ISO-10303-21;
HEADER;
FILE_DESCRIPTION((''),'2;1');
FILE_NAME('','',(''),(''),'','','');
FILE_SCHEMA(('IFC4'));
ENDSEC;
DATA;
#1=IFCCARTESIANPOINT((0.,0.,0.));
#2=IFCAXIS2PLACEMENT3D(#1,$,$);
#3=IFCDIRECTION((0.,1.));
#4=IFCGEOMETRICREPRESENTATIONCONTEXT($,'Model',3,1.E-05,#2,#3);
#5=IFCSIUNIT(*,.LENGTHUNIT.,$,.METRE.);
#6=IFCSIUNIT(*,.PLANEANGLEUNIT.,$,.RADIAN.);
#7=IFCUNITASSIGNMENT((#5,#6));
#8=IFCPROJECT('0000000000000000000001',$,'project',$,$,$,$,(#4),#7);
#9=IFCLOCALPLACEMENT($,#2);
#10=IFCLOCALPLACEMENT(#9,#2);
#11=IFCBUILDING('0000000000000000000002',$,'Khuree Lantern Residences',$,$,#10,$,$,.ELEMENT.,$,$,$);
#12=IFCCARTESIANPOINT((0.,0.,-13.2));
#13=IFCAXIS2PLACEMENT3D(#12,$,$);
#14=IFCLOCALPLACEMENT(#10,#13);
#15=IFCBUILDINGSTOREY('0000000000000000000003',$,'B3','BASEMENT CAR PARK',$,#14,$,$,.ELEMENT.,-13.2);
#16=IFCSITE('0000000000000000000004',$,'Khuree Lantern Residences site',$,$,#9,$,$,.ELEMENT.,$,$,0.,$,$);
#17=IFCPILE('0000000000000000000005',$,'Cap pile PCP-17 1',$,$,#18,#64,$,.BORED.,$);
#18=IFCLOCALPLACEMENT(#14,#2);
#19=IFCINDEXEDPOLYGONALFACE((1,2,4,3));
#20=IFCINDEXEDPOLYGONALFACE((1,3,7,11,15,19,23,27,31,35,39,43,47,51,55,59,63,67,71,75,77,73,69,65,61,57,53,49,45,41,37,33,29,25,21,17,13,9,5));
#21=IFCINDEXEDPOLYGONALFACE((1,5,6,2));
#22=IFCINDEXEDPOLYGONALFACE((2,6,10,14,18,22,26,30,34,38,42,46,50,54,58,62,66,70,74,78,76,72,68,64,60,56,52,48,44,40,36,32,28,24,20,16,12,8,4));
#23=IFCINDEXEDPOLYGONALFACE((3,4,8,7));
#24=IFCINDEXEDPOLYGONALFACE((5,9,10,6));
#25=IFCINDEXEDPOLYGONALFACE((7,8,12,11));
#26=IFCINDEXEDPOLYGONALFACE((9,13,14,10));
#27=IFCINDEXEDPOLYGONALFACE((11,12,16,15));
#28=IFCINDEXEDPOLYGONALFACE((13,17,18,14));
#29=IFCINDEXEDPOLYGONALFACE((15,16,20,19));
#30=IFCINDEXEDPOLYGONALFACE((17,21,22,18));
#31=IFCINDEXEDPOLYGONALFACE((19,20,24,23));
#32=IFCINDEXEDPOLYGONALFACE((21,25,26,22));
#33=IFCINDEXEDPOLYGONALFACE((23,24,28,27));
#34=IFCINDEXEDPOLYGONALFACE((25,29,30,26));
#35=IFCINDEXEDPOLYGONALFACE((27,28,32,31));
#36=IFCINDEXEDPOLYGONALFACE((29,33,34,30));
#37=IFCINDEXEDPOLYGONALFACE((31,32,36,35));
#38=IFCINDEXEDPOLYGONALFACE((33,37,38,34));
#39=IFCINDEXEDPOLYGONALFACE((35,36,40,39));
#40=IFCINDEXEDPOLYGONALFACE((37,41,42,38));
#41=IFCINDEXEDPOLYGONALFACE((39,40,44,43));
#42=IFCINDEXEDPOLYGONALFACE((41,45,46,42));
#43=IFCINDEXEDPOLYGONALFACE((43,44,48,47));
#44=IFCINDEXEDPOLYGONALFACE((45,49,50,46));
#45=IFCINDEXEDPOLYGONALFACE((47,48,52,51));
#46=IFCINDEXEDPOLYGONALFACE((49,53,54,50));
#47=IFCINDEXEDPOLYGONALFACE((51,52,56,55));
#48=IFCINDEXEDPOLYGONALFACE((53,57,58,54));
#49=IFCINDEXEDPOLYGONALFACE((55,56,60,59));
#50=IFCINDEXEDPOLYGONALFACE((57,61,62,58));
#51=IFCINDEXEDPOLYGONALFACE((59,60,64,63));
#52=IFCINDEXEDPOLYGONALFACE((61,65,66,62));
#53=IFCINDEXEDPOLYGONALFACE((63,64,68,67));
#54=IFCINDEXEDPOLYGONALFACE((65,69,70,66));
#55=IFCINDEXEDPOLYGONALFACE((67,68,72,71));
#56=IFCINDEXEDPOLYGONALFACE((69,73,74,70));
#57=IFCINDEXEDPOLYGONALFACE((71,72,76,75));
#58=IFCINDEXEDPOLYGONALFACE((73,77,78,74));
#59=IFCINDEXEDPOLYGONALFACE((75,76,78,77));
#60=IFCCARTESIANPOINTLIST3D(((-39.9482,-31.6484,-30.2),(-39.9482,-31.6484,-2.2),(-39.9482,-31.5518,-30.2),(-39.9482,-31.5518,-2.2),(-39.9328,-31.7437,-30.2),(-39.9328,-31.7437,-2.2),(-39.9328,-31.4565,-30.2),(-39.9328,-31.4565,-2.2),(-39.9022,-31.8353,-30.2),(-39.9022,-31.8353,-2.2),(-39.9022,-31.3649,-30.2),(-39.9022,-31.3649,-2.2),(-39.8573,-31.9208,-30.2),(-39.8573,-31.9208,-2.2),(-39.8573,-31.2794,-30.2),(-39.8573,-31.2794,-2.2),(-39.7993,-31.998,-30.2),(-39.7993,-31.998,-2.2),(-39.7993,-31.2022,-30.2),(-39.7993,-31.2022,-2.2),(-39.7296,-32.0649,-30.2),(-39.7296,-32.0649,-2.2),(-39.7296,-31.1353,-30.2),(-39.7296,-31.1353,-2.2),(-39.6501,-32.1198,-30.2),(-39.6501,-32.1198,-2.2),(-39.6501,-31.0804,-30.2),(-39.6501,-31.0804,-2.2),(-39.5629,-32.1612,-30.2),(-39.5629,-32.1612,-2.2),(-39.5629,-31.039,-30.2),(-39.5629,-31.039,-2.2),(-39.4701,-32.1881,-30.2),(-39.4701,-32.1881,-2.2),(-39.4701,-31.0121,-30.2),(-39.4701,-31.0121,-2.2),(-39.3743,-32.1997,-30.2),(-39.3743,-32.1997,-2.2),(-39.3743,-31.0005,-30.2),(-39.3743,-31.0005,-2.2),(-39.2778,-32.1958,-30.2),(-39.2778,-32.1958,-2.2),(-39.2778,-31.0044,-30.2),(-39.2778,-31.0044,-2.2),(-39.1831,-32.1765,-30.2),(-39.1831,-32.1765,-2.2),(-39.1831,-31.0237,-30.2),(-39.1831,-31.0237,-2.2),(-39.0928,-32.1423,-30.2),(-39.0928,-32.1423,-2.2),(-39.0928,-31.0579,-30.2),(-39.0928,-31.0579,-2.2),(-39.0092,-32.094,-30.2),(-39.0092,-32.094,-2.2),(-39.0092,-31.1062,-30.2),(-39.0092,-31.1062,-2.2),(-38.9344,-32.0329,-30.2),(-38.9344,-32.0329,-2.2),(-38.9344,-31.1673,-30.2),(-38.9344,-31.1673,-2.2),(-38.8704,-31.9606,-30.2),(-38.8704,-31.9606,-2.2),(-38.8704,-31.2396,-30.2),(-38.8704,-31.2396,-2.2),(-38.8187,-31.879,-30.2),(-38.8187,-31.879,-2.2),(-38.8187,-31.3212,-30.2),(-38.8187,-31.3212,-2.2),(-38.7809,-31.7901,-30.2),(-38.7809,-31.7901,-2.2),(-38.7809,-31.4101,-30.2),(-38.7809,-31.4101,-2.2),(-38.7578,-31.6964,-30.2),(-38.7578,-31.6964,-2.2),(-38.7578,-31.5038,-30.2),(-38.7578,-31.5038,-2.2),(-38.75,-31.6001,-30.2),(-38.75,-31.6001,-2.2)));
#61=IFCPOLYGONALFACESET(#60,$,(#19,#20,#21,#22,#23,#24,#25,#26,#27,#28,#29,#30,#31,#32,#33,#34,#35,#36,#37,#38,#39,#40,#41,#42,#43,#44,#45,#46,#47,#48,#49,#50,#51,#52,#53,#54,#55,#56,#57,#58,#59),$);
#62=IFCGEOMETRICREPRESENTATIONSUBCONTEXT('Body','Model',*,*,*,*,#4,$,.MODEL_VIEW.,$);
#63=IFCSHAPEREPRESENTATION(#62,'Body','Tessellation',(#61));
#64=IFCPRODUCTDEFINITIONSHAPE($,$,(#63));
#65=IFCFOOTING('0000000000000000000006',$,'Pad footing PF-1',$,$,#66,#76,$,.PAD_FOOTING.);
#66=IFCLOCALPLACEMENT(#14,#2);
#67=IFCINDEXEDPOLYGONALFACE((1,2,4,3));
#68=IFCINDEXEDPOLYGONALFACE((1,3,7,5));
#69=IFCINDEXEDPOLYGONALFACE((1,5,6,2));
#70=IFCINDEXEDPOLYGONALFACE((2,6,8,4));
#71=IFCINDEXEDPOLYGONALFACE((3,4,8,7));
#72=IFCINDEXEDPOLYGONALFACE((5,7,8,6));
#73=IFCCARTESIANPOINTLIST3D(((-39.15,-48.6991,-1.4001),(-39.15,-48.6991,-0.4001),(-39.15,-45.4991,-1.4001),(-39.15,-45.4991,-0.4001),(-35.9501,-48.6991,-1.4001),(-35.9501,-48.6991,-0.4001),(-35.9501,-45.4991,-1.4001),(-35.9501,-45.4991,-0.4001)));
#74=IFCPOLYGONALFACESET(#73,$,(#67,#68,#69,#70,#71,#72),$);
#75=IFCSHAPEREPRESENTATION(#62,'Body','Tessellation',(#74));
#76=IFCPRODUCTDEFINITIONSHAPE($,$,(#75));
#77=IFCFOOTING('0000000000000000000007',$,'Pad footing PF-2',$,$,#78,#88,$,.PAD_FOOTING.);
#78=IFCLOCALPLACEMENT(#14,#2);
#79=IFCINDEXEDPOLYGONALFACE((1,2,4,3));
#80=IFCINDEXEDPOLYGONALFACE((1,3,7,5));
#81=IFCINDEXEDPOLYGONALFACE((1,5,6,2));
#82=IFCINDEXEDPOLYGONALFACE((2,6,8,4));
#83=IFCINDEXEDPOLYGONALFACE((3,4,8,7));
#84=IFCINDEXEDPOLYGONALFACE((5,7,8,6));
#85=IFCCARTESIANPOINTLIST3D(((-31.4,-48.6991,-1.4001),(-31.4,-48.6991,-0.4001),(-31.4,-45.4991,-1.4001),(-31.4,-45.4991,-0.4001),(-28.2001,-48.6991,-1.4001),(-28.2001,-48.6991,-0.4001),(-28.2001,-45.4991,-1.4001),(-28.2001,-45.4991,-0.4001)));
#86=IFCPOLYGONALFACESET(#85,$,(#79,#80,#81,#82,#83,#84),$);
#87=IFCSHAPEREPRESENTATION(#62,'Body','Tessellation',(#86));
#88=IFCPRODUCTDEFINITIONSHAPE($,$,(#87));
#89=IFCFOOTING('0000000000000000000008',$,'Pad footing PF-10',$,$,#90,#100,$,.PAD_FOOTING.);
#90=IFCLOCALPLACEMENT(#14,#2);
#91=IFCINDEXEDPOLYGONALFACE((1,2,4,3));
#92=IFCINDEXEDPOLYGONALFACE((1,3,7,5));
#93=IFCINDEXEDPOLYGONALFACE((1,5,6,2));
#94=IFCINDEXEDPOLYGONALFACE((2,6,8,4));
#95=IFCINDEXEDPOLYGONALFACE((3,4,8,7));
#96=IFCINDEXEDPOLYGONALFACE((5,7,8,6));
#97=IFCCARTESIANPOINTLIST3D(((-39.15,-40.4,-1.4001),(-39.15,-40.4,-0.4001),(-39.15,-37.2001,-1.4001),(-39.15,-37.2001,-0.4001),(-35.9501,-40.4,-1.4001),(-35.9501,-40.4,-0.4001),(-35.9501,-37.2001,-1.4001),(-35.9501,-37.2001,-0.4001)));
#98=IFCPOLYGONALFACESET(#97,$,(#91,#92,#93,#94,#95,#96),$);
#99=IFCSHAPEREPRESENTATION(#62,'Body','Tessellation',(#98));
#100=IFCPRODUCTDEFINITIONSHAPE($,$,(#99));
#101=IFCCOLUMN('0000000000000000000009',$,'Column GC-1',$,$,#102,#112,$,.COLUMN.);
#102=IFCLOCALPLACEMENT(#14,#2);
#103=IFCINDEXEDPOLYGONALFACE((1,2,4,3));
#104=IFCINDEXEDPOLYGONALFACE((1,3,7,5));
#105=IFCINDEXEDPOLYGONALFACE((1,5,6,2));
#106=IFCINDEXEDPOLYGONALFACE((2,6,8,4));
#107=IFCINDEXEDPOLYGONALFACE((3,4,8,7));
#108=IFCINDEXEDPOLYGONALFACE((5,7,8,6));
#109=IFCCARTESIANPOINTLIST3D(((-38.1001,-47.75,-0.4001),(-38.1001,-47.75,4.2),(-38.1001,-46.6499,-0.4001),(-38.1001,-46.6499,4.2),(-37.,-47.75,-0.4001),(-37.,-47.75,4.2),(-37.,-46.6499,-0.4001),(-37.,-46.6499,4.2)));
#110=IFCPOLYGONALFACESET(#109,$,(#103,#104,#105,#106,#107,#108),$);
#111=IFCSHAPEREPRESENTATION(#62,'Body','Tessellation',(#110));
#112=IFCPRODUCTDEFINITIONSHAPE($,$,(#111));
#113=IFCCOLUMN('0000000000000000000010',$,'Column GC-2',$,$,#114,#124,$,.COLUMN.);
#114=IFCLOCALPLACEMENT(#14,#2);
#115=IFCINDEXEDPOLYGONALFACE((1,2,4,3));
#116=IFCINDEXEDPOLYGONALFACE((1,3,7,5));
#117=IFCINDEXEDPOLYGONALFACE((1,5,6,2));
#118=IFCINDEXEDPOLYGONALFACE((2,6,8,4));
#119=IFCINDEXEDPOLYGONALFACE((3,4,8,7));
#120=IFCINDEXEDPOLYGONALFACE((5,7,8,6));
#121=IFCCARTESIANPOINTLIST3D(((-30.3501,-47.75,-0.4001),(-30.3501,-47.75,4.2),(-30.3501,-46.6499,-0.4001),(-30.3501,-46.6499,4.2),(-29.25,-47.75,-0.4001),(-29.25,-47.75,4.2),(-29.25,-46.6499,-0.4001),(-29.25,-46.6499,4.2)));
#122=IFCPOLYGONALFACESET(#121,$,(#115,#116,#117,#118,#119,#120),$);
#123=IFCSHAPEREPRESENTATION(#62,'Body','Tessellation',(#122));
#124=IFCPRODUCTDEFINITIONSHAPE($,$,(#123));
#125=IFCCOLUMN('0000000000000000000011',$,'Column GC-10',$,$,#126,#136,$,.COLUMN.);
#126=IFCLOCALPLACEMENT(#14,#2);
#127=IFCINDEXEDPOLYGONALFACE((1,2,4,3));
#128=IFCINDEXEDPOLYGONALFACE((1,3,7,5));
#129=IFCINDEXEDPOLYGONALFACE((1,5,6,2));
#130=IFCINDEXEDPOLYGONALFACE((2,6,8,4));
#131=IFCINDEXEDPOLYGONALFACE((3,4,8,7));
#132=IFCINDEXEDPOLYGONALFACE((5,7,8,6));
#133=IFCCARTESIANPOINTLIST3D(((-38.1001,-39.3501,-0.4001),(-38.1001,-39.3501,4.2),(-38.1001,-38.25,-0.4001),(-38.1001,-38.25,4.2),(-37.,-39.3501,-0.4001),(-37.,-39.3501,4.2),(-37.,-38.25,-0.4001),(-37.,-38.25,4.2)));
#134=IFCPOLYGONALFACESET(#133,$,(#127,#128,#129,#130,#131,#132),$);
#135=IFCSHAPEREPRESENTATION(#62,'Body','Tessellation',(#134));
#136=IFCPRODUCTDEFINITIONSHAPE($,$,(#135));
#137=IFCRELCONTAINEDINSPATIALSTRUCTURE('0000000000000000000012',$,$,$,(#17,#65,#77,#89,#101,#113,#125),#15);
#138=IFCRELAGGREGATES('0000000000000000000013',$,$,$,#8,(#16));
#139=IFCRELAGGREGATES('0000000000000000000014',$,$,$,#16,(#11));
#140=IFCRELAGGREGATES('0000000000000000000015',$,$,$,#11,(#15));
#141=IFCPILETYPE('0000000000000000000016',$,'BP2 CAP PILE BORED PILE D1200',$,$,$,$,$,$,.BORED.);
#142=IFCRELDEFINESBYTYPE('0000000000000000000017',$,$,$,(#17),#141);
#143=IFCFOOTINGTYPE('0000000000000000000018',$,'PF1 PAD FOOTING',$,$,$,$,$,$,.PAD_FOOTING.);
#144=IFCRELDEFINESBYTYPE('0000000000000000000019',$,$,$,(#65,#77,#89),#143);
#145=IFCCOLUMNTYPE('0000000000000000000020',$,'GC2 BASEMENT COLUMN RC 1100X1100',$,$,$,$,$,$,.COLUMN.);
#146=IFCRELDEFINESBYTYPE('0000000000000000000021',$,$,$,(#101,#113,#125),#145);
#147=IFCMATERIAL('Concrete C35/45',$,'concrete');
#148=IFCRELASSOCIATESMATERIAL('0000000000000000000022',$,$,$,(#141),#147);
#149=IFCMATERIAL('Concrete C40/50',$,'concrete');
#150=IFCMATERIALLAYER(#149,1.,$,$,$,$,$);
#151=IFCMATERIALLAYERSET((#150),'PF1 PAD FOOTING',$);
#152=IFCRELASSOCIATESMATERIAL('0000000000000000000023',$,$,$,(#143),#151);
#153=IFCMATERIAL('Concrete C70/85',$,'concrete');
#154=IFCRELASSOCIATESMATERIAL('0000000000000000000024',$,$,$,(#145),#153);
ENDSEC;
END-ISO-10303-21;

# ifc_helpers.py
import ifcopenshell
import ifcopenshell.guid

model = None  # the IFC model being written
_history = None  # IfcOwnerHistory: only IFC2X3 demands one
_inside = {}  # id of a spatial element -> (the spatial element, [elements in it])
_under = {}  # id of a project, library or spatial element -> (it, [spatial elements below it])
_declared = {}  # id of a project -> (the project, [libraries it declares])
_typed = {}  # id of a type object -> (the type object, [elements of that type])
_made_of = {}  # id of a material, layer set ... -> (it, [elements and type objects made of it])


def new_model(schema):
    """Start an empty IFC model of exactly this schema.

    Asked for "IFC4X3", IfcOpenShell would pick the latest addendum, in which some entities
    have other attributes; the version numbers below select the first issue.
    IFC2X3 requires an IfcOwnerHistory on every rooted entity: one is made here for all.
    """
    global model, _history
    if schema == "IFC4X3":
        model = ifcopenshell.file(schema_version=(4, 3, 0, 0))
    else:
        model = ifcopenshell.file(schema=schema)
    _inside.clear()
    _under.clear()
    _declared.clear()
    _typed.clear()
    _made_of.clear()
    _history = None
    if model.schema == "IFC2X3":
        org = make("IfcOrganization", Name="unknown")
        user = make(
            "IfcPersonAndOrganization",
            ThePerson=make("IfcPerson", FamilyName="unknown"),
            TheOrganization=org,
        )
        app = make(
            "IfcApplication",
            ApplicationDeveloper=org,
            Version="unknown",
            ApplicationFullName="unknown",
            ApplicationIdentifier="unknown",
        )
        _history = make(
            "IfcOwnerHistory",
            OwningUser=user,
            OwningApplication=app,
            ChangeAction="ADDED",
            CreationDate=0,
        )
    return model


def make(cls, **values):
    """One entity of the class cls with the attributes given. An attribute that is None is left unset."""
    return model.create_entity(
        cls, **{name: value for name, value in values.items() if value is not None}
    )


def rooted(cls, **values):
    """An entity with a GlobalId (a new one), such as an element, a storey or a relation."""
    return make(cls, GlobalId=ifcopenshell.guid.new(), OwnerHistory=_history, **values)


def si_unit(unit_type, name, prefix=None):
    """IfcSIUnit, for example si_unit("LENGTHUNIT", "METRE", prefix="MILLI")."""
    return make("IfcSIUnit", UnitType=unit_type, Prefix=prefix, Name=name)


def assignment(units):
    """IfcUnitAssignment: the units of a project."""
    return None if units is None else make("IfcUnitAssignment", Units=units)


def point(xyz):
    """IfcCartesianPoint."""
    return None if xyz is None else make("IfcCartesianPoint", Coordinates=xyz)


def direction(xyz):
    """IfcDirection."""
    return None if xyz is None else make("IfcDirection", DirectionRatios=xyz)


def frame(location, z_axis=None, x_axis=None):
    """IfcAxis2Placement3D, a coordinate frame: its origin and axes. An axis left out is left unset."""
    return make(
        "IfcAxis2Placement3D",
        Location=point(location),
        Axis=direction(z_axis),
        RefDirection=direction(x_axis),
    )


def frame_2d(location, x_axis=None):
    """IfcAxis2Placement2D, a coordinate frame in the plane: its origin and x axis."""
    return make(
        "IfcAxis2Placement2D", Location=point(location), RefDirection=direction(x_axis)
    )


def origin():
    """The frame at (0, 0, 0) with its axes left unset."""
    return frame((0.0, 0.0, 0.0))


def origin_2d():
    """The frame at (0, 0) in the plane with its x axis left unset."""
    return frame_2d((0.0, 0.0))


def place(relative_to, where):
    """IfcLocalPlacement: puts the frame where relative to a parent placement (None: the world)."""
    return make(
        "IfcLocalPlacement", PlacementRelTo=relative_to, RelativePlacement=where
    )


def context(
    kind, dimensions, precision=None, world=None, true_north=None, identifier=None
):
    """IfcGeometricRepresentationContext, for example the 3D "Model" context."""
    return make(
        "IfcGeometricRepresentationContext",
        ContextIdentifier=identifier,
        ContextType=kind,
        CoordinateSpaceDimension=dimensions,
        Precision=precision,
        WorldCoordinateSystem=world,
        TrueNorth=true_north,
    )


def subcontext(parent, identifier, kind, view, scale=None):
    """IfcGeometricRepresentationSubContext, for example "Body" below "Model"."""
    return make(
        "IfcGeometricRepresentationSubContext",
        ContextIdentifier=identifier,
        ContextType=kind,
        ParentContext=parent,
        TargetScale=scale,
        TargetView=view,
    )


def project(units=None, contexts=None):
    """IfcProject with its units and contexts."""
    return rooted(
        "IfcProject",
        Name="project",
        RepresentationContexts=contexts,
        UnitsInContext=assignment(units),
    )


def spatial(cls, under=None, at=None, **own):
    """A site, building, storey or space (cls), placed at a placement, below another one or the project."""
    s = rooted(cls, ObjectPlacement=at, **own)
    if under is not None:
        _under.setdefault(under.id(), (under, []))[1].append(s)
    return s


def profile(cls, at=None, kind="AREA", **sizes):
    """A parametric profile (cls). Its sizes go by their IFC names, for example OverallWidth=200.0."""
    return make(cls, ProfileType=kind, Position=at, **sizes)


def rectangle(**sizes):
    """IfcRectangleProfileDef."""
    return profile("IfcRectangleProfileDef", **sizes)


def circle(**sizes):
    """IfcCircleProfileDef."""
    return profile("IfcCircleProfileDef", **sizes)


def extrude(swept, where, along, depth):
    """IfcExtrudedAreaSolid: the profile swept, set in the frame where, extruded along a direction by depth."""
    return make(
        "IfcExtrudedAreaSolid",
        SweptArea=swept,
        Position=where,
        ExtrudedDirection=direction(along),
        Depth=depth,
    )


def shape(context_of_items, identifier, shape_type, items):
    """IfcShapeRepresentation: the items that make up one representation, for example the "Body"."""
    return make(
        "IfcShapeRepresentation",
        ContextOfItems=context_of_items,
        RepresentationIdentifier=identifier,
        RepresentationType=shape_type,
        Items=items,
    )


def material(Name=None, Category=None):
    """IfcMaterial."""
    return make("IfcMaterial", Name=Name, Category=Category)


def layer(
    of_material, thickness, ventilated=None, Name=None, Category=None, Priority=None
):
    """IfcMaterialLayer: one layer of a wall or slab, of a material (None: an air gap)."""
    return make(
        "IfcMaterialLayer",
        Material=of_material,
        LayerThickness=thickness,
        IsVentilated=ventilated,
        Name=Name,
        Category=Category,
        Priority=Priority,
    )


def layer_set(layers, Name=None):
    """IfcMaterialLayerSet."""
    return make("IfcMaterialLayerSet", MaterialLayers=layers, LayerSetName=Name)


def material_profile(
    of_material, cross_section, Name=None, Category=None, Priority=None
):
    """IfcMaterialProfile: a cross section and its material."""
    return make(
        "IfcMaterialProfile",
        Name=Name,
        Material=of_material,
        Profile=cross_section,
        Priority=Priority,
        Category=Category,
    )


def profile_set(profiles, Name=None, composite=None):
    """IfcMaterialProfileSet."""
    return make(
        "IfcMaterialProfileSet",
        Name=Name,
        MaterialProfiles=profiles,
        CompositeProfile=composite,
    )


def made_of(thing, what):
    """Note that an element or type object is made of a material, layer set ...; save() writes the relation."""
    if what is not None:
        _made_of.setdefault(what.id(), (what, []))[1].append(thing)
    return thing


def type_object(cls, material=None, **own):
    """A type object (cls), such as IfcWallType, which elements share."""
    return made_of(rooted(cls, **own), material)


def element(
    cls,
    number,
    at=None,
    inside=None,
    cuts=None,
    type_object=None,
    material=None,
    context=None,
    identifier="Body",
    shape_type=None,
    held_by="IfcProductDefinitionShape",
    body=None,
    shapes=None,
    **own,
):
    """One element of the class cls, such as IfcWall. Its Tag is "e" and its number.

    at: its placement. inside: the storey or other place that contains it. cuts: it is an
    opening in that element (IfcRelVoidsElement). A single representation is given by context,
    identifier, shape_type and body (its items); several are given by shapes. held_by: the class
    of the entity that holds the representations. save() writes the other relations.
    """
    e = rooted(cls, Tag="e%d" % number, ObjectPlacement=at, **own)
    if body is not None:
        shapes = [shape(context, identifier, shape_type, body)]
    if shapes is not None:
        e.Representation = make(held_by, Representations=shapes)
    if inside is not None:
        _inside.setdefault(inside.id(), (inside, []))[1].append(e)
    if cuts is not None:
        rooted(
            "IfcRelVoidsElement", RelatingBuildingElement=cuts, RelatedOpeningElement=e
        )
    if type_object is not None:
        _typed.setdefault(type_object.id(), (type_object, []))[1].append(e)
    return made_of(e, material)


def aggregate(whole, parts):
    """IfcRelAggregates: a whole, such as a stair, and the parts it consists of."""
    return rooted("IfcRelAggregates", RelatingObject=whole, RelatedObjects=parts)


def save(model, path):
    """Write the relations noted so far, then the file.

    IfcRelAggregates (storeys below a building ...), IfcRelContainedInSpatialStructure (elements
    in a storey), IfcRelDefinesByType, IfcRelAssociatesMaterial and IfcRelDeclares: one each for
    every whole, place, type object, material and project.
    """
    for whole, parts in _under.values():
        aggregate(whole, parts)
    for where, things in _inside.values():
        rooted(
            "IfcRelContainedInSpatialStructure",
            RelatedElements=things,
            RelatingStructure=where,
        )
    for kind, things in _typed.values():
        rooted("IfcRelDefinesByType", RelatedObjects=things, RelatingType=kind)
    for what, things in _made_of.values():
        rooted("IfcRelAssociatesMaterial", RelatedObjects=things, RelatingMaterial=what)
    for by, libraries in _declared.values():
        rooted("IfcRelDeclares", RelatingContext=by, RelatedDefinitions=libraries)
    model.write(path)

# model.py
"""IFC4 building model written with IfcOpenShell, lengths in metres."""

from ifc_helpers import new_model, si_unit, direction, frame, origin, origin_2d, place, context, subcontext, project, spatial, rectangle, circle, extrude, material, layer, layer_set, material_profile, profile_set, type_object, element, save


model = new_model("IFC4")

# Units and contexts
model_context = context("Model", 3, precision=1e-05, world=origin(), true_north=direction((0.0, 1.0)))
body_context = subcontext(model_context, "Body", "Model", "MODEL_VIEW")
ifc_project = project(units=[si_unit("LENGTHUNIT", "METRE"), si_unit("PLANEANGLEUNIT", "RADIAN")], contexts=[model_context])

# Site, building, storey
site_placement = place(None, origin())
site = spatial("IfcSite", under=ifc_project, at=site_placement, Name="Khuree Lantern Residences site", CompositionType="ELEMENT", RefElevation=0.0)
building_placement = place(site_placement, origin())
building = spatial("IfcBuilding", under=site, at=building_placement, Name="Khuree Lantern Residences", CompositionType="ELEMENT")
storey_placement = place(building_placement, frame((0.0, 0.0, -13.2)))
storey = spatial("IfcBuildingStorey", under=building, at=storey_placement, Name="B3", Description="BASEMENT CAR PARK", CompositionType="ELEMENT", Elevation=-13.2)

# Pile
ifc_material_1 = material(Name="Concrete C35/45", Category="concrete")
ifc_material_profile_1 = material_profile(ifc_material_1, circle(Radius=0.6001, at=origin_2d()), Name="BORED PILE D1200")
ifc_profile_set_1 = profile_set([ifc_material_profile_1], Name="Concrete C35/45")
pile_type = type_object("IfcPileType", Name="BP2 CAP PILE BORED PILE D1200", PredefinedType="BORED", material=ifc_profile_set_1)
pile_placement = place(storey_placement, frame((-39.3501, -31.6001, -2.2), z_axis=(0.0, 0.0, -1.0), x_axis=(1.0, 0.0, 0.0)))
element("IfcPile", 1, at=pile_placement, inside=storey, type_object=pile_type, Name="Cap pile PCP-17 1", PredefinedType="BORED", context=body_context, shape_type="SweptSolid", body=[
    extrude(circle(Radius=0.6001, at=origin_2d()), origin(), (0.0, 0.0, 1.0), 28.0),
])

# Footings
ifc_material_2 = material(Name="Concrete C40/50", Category="concrete")
ifc_layer_1 = layer(ifc_material_2, 1.0)
ifc_layer_set_1 = layer_set([ifc_layer_1], Name="PF1 PAD FOOTING")
footing_type = type_object("IfcFootingType", Name="PF1 PAD FOOTING", PredefinedType="PAD_FOOTING", material=ifc_layer_set_1)
for number, where, z_axis, x_axis, name in (
    (2, (-37.55, -47.0991, -1.4001), (0.0, 0.0, 1.0), (1.0, 0.0, 0.0), "Pad footing PF-1"),
    (3, (-29.8, -47.0991, -1.4001), (0.0, 0.0, 1.0), (1.0, 0.0, 0.0), "Pad footing PF-2"),
    (4, (-37.55, -38.8, -1.4001), (0.0, 0.0, 1.0), (1.0, 0.0, 0.0), "Pad footing PF-10"),
):
    element("IfcFooting", number, at=place(storey_placement, frame(where, z_axis=z_axis, x_axis=x_axis)), inside=storey, type_object=footing_type, Name=name, PredefinedType="PAD_FOOTING", context=body_context, shape_type="SweptSolid", body=[
        extrude(rectangle(XDim=3.2, YDim=3.2, at=origin_2d()), origin(), (0.0, 0.0, 1.0), 1.0),
    ])

# Columns
ifc_material_3 = material(Name="Concrete C70/85", Category="concrete")
ifc_material_profile_2 = material_profile(ifc_material_3, rectangle(XDim=1.1001, YDim=1.1001, at=origin_2d()), Name="RC 1100X1100")
ifc_profile_set_2 = profile_set([ifc_material_profile_2], Name="Concrete C70/85")
column_type = type_object("IfcColumnType", Name="GC2 BASEMENT COLUMN RC 1100X1100", PredefinedType="COLUMN", material=ifc_profile_set_2)
for number, where, z_axis, x_axis, name in (
    (5, (-37.55, -47.2, -0.4001), (0.0, 0.0, 1.0), (1.0, 0.0, 0.0), "Column GC-1"),
    (6, (-29.8, -47.2, -0.4001), (0.0, 0.0, 1.0), (1.0, 0.0, 0.0), "Column GC-2"),
    (7, (-37.55, -38.8, -0.4001), (0.0, 0.0, 1.0), (1.0, 0.0, 0.0), "Column GC-10"),
):
    element("IfcColumn", number, at=place(storey_placement, frame(where, z_axis=z_axis, x_axis=x_axis)), inside=storey, type_object=column_type, Name=name, PredefinedType="COLUMN", context=body_context, shape_type="SweptSolid", body=[
        extrude(rectangle(XDim=1.1001, YDim=1.1001, at=origin_2d()), origin(), (0.0, 0.0, 1.0), 4.6001),
    ])

save(model, "model.ifc")
